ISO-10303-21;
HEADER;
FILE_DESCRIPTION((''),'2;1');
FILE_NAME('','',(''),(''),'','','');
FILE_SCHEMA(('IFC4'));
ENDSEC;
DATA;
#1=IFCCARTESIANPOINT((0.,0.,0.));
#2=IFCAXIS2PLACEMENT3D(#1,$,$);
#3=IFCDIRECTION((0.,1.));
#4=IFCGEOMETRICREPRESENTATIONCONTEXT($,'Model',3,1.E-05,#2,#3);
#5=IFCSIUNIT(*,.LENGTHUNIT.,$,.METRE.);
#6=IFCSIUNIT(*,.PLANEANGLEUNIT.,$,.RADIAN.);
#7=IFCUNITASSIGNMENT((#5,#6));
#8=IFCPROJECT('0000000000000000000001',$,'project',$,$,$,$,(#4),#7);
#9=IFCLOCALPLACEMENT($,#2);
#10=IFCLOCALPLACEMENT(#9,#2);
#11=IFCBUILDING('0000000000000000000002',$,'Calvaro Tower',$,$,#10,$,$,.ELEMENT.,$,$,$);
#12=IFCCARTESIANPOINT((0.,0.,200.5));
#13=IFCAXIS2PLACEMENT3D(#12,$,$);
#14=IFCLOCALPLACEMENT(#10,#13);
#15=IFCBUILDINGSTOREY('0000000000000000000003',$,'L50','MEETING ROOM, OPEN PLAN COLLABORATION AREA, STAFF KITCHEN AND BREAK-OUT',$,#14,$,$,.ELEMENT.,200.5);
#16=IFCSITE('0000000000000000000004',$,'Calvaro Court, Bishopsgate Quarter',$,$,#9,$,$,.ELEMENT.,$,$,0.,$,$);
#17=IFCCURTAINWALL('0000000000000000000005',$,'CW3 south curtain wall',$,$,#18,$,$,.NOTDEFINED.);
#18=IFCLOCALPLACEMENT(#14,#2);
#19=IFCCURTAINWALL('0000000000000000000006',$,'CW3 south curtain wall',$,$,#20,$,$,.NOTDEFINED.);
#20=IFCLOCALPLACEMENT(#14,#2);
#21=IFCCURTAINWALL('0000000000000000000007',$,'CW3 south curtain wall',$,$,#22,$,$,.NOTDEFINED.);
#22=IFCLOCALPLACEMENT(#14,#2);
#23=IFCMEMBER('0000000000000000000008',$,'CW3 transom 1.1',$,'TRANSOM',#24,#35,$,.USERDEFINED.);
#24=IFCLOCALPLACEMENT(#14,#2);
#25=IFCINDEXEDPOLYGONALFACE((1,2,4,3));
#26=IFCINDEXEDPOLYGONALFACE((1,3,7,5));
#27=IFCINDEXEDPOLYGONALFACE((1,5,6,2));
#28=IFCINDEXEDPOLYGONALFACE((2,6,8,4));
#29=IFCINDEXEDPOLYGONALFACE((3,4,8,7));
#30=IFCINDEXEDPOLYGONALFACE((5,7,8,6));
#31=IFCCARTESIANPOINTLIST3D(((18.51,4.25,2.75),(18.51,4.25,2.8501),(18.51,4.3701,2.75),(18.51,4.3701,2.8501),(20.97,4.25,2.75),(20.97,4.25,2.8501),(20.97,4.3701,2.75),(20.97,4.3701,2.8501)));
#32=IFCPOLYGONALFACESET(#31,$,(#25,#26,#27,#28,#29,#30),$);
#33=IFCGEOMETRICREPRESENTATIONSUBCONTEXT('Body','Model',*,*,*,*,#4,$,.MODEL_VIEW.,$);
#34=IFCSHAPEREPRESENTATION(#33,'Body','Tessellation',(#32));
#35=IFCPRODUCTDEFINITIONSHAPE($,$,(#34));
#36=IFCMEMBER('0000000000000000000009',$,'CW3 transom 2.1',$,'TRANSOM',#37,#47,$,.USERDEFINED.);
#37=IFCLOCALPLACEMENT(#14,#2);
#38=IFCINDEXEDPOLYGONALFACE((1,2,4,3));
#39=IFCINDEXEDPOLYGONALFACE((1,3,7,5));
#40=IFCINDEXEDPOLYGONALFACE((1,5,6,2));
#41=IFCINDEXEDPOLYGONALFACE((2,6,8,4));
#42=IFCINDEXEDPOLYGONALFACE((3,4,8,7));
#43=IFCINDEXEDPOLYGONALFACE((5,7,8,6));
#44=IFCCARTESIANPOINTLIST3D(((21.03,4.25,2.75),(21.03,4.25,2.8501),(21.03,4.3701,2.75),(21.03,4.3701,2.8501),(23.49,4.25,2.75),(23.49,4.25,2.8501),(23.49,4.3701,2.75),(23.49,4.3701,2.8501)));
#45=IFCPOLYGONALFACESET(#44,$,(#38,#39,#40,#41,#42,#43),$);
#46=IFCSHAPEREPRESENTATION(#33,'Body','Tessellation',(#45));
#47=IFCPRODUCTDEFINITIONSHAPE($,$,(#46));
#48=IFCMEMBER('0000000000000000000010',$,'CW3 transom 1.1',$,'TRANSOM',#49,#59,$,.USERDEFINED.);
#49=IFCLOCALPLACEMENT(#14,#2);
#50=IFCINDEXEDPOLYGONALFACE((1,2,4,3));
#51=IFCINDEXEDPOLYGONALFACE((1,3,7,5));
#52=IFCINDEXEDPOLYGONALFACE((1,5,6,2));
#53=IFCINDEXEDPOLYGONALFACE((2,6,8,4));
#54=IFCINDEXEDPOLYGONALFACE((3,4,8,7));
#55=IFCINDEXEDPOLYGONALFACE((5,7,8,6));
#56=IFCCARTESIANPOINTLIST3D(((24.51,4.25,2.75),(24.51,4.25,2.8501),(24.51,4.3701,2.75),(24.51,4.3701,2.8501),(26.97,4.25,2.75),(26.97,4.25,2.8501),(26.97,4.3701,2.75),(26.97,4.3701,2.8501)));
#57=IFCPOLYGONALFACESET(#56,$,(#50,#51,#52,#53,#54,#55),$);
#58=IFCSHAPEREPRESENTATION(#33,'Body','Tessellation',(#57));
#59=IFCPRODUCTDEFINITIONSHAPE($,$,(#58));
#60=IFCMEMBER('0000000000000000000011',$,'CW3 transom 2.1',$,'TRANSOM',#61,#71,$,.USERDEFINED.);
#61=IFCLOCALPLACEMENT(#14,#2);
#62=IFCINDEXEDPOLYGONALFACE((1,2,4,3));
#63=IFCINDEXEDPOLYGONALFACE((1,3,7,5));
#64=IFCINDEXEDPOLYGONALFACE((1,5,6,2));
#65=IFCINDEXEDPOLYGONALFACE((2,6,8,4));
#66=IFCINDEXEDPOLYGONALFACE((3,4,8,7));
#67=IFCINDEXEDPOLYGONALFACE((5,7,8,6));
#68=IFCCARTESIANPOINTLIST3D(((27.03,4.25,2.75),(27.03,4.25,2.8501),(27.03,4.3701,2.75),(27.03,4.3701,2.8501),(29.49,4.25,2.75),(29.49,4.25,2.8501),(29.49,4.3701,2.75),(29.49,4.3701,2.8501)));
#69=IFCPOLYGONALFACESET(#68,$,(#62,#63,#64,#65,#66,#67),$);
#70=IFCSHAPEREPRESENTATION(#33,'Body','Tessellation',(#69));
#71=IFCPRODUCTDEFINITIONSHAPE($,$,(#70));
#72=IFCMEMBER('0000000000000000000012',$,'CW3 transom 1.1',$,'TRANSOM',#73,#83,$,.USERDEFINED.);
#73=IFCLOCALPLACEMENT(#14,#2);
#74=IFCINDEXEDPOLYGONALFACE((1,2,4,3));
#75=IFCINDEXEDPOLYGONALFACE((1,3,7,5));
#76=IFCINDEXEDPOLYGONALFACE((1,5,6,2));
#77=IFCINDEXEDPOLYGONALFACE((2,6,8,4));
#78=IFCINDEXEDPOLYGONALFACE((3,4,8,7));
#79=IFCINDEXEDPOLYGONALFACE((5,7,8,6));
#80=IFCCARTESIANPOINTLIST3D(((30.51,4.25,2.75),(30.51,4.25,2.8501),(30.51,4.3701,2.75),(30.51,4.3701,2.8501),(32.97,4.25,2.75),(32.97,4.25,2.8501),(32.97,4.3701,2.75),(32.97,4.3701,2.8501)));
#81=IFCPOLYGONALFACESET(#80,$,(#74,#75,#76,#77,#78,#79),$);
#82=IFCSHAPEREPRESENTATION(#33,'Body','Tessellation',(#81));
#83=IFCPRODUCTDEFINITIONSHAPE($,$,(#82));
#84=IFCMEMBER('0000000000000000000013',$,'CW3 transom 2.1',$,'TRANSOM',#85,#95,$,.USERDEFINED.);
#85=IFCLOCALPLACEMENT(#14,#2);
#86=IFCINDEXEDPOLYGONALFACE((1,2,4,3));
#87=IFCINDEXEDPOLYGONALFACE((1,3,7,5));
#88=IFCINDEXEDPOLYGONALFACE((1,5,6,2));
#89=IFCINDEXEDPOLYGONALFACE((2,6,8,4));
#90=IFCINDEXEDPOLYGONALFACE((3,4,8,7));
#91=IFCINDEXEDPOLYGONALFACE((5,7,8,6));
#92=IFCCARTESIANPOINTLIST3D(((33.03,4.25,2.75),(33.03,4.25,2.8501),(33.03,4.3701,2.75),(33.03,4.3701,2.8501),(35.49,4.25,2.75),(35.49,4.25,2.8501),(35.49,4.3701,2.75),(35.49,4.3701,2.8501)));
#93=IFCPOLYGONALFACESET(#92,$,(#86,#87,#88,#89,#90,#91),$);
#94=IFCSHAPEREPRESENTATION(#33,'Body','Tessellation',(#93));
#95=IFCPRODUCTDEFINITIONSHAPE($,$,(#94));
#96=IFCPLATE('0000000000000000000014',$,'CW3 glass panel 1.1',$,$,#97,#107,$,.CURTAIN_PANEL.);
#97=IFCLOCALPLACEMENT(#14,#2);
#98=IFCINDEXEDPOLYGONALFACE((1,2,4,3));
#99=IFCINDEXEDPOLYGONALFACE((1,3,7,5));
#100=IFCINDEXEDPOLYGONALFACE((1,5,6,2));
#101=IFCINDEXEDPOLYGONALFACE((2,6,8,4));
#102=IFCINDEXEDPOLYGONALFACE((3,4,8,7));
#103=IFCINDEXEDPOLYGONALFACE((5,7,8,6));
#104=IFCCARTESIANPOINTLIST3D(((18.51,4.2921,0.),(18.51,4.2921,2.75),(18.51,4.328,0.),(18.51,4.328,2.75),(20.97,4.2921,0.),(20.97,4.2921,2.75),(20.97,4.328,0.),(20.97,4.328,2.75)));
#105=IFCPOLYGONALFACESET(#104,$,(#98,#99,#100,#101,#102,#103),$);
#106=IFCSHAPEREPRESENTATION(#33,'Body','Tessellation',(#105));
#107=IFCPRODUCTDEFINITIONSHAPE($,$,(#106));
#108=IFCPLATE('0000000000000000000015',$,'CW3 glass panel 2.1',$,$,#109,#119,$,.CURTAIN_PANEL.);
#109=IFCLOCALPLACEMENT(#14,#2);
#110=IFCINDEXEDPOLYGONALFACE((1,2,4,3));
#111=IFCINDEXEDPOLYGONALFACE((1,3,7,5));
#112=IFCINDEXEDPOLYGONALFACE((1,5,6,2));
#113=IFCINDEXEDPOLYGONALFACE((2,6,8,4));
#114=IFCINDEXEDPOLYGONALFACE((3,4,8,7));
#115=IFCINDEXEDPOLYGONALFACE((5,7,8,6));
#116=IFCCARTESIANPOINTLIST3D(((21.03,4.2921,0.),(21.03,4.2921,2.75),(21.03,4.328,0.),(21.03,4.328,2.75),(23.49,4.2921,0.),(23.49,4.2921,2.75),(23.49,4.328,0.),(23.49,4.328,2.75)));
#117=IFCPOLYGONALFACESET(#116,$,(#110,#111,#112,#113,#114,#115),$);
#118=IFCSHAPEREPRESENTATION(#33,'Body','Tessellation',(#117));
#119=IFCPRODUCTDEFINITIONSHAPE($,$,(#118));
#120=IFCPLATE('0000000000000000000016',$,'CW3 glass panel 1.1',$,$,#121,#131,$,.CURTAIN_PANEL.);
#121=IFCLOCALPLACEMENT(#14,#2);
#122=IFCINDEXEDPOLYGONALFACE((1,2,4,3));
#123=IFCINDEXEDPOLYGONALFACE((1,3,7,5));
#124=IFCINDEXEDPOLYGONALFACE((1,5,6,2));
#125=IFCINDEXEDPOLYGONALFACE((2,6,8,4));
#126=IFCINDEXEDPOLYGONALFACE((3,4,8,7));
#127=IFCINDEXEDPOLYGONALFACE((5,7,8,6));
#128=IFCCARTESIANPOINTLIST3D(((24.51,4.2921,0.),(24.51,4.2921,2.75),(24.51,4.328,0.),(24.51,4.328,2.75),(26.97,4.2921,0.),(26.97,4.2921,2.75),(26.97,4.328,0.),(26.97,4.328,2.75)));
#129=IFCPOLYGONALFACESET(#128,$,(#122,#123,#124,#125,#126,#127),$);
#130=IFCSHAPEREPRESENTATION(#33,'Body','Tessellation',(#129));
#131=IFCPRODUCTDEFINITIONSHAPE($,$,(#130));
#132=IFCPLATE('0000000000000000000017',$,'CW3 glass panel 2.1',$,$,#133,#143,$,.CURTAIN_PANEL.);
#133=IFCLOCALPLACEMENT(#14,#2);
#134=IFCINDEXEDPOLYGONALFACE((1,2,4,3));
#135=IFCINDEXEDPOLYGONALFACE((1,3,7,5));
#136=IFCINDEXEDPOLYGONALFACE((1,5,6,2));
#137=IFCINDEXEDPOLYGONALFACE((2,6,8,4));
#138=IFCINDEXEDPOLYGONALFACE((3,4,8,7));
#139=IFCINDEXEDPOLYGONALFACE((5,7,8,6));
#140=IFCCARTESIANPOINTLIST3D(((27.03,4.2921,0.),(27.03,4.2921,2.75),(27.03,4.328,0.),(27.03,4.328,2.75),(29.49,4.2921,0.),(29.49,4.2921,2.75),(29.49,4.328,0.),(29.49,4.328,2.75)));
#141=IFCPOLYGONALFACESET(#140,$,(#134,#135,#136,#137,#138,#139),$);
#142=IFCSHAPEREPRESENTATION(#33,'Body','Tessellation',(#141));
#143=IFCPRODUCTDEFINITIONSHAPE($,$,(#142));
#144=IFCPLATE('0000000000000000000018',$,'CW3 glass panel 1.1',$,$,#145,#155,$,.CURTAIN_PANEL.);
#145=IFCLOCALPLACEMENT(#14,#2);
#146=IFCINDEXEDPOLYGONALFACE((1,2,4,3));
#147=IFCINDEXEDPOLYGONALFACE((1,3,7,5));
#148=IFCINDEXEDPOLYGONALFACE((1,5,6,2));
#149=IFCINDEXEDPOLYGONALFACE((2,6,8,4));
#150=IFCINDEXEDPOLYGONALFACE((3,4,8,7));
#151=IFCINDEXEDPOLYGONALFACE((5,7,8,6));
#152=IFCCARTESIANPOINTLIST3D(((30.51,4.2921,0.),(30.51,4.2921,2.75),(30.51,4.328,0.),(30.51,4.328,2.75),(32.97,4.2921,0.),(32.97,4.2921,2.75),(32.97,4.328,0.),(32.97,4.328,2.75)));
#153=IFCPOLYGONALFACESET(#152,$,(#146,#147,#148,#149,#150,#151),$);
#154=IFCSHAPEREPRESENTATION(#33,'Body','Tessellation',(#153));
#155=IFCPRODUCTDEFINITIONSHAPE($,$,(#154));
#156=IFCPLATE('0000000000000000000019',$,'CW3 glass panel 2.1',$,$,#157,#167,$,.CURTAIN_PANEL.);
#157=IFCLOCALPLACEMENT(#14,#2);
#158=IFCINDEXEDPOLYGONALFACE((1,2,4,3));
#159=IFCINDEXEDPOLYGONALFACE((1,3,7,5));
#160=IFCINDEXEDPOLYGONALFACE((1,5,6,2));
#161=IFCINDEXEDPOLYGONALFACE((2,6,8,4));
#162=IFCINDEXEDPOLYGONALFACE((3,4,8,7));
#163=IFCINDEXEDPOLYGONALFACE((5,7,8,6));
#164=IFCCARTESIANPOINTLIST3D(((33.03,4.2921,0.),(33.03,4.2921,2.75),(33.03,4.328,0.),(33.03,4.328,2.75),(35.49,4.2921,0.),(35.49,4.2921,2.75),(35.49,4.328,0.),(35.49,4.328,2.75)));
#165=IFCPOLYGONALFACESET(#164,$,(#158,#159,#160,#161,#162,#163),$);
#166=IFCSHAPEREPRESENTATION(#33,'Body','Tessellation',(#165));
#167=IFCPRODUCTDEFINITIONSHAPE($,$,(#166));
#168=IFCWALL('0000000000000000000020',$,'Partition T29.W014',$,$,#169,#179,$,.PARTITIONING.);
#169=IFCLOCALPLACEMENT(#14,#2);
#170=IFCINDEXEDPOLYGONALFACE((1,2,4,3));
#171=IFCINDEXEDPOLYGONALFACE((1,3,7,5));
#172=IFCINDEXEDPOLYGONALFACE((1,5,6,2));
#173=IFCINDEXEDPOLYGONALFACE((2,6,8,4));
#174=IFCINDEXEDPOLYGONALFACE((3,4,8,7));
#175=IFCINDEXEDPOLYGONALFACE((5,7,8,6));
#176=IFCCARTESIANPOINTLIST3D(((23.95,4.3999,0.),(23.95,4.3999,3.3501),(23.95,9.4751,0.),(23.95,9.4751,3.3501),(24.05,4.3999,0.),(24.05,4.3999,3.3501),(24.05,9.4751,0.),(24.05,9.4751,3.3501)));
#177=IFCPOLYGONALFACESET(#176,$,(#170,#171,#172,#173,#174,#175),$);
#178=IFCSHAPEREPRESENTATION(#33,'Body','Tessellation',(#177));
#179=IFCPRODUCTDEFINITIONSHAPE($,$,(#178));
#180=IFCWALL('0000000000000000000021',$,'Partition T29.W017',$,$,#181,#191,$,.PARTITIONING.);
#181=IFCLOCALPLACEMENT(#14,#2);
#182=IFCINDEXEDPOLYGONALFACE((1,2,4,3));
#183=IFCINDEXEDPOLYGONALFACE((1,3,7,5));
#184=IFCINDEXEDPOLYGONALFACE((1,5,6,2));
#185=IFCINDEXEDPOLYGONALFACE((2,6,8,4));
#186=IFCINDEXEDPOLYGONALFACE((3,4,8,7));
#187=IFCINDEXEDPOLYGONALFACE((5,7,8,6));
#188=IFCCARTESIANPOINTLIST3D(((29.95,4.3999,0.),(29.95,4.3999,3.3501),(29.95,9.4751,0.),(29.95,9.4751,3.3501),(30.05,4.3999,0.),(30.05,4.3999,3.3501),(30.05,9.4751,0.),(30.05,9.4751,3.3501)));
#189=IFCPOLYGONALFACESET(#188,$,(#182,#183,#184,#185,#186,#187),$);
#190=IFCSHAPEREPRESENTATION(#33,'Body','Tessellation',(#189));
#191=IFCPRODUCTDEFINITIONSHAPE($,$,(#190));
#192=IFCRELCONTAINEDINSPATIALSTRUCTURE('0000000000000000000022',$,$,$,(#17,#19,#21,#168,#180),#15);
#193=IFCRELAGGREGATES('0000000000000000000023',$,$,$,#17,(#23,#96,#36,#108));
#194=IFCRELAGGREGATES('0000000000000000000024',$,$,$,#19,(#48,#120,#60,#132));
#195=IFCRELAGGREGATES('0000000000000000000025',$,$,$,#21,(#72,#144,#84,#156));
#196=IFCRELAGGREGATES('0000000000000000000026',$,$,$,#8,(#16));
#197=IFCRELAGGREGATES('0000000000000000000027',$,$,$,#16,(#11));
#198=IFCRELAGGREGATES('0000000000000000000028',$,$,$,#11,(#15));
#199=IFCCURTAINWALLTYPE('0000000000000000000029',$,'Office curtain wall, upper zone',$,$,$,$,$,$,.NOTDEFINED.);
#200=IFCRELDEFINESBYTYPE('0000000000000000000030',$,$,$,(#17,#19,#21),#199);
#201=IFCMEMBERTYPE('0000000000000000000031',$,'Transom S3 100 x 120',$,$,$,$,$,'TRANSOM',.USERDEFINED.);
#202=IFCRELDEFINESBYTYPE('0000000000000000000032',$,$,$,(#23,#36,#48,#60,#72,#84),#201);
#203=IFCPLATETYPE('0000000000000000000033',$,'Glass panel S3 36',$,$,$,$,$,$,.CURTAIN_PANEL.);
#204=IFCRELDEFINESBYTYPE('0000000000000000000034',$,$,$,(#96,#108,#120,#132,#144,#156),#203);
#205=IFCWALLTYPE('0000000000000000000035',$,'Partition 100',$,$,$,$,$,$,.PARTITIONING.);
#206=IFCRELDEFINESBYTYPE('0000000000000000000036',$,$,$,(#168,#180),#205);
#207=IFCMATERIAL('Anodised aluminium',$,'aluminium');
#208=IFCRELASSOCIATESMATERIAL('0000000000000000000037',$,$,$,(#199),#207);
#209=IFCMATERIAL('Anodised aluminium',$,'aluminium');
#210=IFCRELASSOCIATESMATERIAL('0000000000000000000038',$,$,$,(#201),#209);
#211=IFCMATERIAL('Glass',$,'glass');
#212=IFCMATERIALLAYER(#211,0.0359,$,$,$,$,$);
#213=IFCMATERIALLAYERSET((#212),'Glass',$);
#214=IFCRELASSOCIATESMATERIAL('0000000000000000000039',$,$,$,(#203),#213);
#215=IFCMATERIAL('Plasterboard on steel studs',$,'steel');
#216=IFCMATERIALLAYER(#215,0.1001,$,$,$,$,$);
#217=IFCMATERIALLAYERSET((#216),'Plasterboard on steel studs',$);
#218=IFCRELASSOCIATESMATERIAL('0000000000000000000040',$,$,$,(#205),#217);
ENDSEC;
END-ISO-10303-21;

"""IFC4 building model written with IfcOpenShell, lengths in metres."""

from ifc_helpers import new_model, si_unit, direction, frame, frame_2d, origin, origin_2d, place, context, subcontext, project, spatial, rectangle, extrude, material, layer, layer_set, material_profile, profile_set, type_object, element, aggregate, save


model = new_model("IFC4")

# Units and contexts
model_context = context("Model", 3, precision=1e-05, world=origin(), true_north=direction((0.0, 1.0)))
body_context = subcontext(model_context, "Body", "Model", "MODEL_VIEW")
ifc_project = project(units=[si_unit("LENGTHUNIT", "METRE"), si_unit("PLANEANGLEUNIT", "RADIAN")], contexts=[model_context])

# Site, building, storey
site_placement = place(None, origin())
site = spatial("IfcSite", under=ifc_project, at=site_placement, Name="Calvaro Court, Bishopsgate Quarter", CompositionType="ELEMENT", RefElevation=0.0)
building_placement = place(site_placement, origin())
building = spatial("IfcBuilding", under=site, at=building_placement, Name="Calvaro Tower", CompositionType="ELEMENT")
storey_placement = place(building_placement, frame((0.0, 0.0, 200.5)))
storey = spatial("IfcBuildingStorey", under=building, at=storey_placement, Name="L50", Description="MEETING ROOM, OPEN PLAN COLLABORATION AREA, STAFF KITCHEN AND BREAK-OUT", CompositionType="ELEMENT", Elevation=200.5)

# Shared definitions
ifc_material_1 = material(Name="Anodised aluminium", Category="aluminium")
curtain_wall_type = type_object("IfcCurtainWallType", Name="Office curtain wall, upper zone", PredefinedType="NOTDEFINED", material=ifc_material_1)

# Curtain walls
curtain_wall_1_placement = place(storey_placement, origin())
curtain_wall_1 = element("IfcCurtainWall", 1, at=curtain_wall_1_placement, inside=storey, type_object=curtain_wall_type, Name="CW3 south curtain wall", PredefinedType="NOTDEFINED")
curtain_wall_2_placement = place(storey_placement, origin())
curtain_wall_2 = element("IfcCurtainWall", 2, at=curtain_wall_2_placement, inside=storey, type_object=curtain_wall_type, Name="CW3 south curtain wall", PredefinedType="NOTDEFINED")
curtain_wall_3_placement = place(storey_placement, origin())
curtain_wall_3 = element("IfcCurtainWall", 3, at=curtain_wall_3_placement, inside=storey, type_object=curtain_wall_type, Name="CW3 south curtain wall", PredefinedType="NOTDEFINED")

# Members
ifc_material_2 = material(Name="Anodised aluminium", Category="aluminium")
ifc_material_profile_1 = material_profile(ifc_material_2, rectangle(XDim=0.1201, YDim=0.1001, at=origin_2d()), Name="Transom S3 100 x 120")
ifc_profile_set_1 = profile_set([ifc_material_profile_1], Name="Anodised aluminium")
member_type_1 = type_object("IfcMemberType", Name="Transom S3 100 x 120", ElementType="TRANSOM", PredefinedType="USERDEFINED", material=ifc_profile_set_1)
member_1_placement = place(storey_placement, frame((18.51, 4.3101, 2.8), z_axis=(1.0, 0.0, 0.0), x_axis=(0.0, 1.0, 0.0)))
member_1 = element("IfcMember", 4, at=member_1_placement, type_object=member_type_1, Name="CW3 transom 1.1", ObjectType="TRANSOM", PredefinedType="USERDEFINED", context=body_context, shape_type="SweptSolid", body=[
    extrude(rectangle(XDim=0.1201, YDim=0.1001, at=origin_2d()), origin(), (0.0, 0.0, 1.0), 2.46),
])
member_2_placement = place(storey_placement, frame((21.03, 4.3101, 2.8), z_axis=(1.0, 0.0, 0.0), x_axis=(0.0, 1.0, 0.0)))
member_2 = element("IfcMember", 5, at=member_2_placement, type_object=member_type_1, Name="CW3 transom 2.1", ObjectType="TRANSOM", PredefinedType="USERDEFINED", context=body_context, shape_type="SweptSolid", body=[
    extrude(rectangle(XDim=0.1201, YDim=0.1001, at=origin_2d()), origin(), (0.0, 0.0, 1.0), 2.46),
])
member_3_placement = place(storey_placement, frame((24.51, 4.3101, 2.8), z_axis=(1.0, 0.0, 0.0), x_axis=(0.0, 1.0, 0.0)))
member_3 = element("IfcMember", 6, at=member_3_placement, type_object=member_type_1, Name="CW3 transom 1.1", ObjectType="TRANSOM", PredefinedType="USERDEFINED", context=body_context, shape_type="SweptSolid", body=[
    extrude(rectangle(XDim=0.1201, YDim=0.1001, at=origin_2d()), origin(), (0.0, 0.0, 1.0), 2.46),
])
member_4_placement = place(storey_placement, frame((27.03, 4.3101, 2.8), z_axis=(1.0, 0.0, 0.0), x_axis=(0.0, 1.0, 0.0)))
member_4 = element("IfcMember", 7, at=member_4_placement, type_object=member_type_1, Name="CW3 transom 2.1", ObjectType="TRANSOM", PredefinedType="USERDEFINED", context=body_context, shape_type="SweptSolid", body=[
    extrude(rectangle(XDim=0.1201, YDim=0.1001, at=origin_2d()), origin(), (0.0, 0.0, 1.0), 2.46),
])
member_5_placement = place(storey_placement, frame((30.51, 4.3101, 2.8), z_axis=(1.0, 0.0, 0.0), x_axis=(0.0, 1.0, 0.0)))
member_5 = element("IfcMember", 8, at=member_5_placement, type_object=member_type_1, Name="CW3 transom 1.1", ObjectType="TRANSOM", PredefinedType="USERDEFINED", context=body_context, shape_type="SweptSolid", body=[
    extrude(rectangle(XDim=0.1201, YDim=0.1001, at=origin_2d()), origin(), (0.0, 0.0, 1.0), 2.46),
])
member_6_placement = place(storey_placement, frame((33.03, 4.3101, 2.8), z_axis=(1.0, 0.0, 0.0), x_axis=(0.0, 1.0, 0.0)))
member_6 = element("IfcMember", 9, at=member_6_placement, type_object=member_type_1, Name="CW3 transom 2.1", ObjectType="TRANSOM", PredefinedType="USERDEFINED", context=body_context, shape_type="SweptSolid", body=[
    extrude(rectangle(XDim=0.1201, YDim=0.1001, at=origin_2d()), origin(), (0.0, 0.0, 1.0), 2.46),
])

# Plates
ifc_material_3 = material(Name="Glass", Category="glass")
ifc_layer_1 = layer(ifc_material_3, 0.0359)
ifc_layer_set_1 = layer_set([ifc_layer_1], Name="Glass")
plate_type = type_object("IfcPlateType", Name="Glass panel S3 36", PredefinedType="CURTAIN_PANEL", material=ifc_layer_set_1)
plate_1_placement = place(storey_placement, frame((19.74, 4.3101, 0.0), z_axis=(0.0, 0.0, 1.0), x_axis=(1.0, 0.0, 0.0)))
plate_1 = element("IfcPlate", 10, at=plate_1_placement, type_object=plate_type, Name="CW3 glass panel 1.1", PredefinedType="CURTAIN_PANEL", context=body_context, shape_type="SweptSolid", body=[
    extrude(rectangle(XDim=2.46, YDim=0.0359, at=origin_2d()), origin(), (0.0, 0.0, 1.0), 2.75),
])
plate_2_placement = place(storey_placement, frame((22.26, 4.3101, 0.0), z_axis=(0.0, 0.0, 1.0), x_axis=(1.0, 0.0, 0.0)))
plate_2 = element("IfcPlate", 11, at=plate_2_placement, type_object=plate_type, Name="CW3 glass panel 2.1", PredefinedType="CURTAIN_PANEL", context=body_context, shape_type="SweptSolid", body=[
    extrude(rectangle(XDim=2.46, YDim=0.0359, at=origin_2d()), origin(), (0.0, 0.0, 1.0), 2.75),
])
aggregate(curtain_wall_1, [member_1, plate_1, member_2, plate_2])
plate_3_placement = place(storey_placement, frame((25.74, 4.3101, 0.0), z_axis=(0.0, 0.0, 1.0), x_axis=(1.0, 0.0, 0.0)))
plate_3 = element("IfcPlate", 12, at=plate_3_placement, type_object=plate_type, Name="CW3 glass panel 1.1", PredefinedType="CURTAIN_PANEL", context=body_context, shape_type="SweptSolid", body=[
    extrude(rectangle(XDim=2.46, YDim=0.0359, at=origin_2d()), origin(), (0.0, 0.0, 1.0), 2.75),
])
plate_4_placement = place(storey_placement, frame((28.26, 4.3101, 0.0), z_axis=(0.0, 0.0, 1.0), x_axis=(1.0, 0.0, 0.0)))
plate_4 = element("IfcPlate", 13, at=plate_4_placement, type_object=plate_type, Name="CW3 glass panel 2.1", PredefinedType="CURTAIN_PANEL", context=body_context, shape_type="SweptSolid", body=[
    extrude(rectangle(XDim=2.46, YDim=0.0359, at=origin_2d()), origin(), (0.0, 0.0, 1.0), 2.75),
])
aggregate(curtain_wall_2, [member_3, plate_3, member_4, plate_4])
plate_5_placement = place(storey_placement, frame((31.74, 4.3101, 0.0), z_axis=(0.0, 0.0, 1.0), x_axis=(1.0, 0.0, 0.0)))
plate_5 = element("IfcPlate", 14, at=plate_5_placement, type_object=plate_type, Name="CW3 glass panel 1.1", PredefinedType="CURTAIN_PANEL", context=body_context, shape_type="SweptSolid", body=[
    extrude(rectangle(XDim=2.46, YDim=0.0359, at=origin_2d()), origin(), (0.0, 0.0, 1.0), 2.75),
])
plate_6_placement = place(storey_placement, frame((34.26, 4.3101, 0.0), z_axis=(0.0, 0.0, 1.0), x_axis=(1.0, 0.0, 0.0)))
plate_6 = element("IfcPlate", 15, at=plate_6_placement, type_object=plate_type, Name="CW3 glass panel 2.1", PredefinedType="CURTAIN_PANEL", context=body_context, shape_type="SweptSolid", body=[
    extrude(rectangle(XDim=2.46, YDim=0.0359, at=origin_2d()), origin(), (0.0, 0.0, 1.0), 2.75),
])
aggregate(curtain_wall_3, [member_5, plate_5, member_6, plate_6])

# Walls
ifc_material_4 = material(Name="Plasterboard on steel studs", Category="steel")
ifc_layer_2 = layer(ifc_material_4, 0.1001)
ifc_layer_set_2 = layer_set([ifc_layer_2], Name="Plasterboard on steel studs")
wall_type = type_object("IfcWallType", Name="Partition 100", PredefinedType="PARTITIONING", material=ifc_layer_set_2)
for number, where, z_axis, x_axis, name in (
    (16, (24.0, 4.3999, 0.0), (0.0, 0.0, 1.0), (0.0, 1.0, 0.0), "Partition T29.W014"),
    (17, (30.0, 4.3999, 0.0), (0.0, 0.0, 1.0), (0.0, 1.0, 0.0), "Partition T29.W017"),
):
    element("IfcWall", number, at=place(storey_placement, frame(where, z_axis=z_axis, x_axis=x_axis)), inside=storey, type_object=wall_type, Name=name, PredefinedType="PARTITIONING", context=body_context, shape_type="SweptSolid", body=[
        extrude(rectangle(XDim=5.0752, YDim=0.1001, at=frame_2d((2.5376, 0.0))), origin(), (0.0, 0.0, 1.0), 3.3501),
    ])

save(model, "model.ifc")
